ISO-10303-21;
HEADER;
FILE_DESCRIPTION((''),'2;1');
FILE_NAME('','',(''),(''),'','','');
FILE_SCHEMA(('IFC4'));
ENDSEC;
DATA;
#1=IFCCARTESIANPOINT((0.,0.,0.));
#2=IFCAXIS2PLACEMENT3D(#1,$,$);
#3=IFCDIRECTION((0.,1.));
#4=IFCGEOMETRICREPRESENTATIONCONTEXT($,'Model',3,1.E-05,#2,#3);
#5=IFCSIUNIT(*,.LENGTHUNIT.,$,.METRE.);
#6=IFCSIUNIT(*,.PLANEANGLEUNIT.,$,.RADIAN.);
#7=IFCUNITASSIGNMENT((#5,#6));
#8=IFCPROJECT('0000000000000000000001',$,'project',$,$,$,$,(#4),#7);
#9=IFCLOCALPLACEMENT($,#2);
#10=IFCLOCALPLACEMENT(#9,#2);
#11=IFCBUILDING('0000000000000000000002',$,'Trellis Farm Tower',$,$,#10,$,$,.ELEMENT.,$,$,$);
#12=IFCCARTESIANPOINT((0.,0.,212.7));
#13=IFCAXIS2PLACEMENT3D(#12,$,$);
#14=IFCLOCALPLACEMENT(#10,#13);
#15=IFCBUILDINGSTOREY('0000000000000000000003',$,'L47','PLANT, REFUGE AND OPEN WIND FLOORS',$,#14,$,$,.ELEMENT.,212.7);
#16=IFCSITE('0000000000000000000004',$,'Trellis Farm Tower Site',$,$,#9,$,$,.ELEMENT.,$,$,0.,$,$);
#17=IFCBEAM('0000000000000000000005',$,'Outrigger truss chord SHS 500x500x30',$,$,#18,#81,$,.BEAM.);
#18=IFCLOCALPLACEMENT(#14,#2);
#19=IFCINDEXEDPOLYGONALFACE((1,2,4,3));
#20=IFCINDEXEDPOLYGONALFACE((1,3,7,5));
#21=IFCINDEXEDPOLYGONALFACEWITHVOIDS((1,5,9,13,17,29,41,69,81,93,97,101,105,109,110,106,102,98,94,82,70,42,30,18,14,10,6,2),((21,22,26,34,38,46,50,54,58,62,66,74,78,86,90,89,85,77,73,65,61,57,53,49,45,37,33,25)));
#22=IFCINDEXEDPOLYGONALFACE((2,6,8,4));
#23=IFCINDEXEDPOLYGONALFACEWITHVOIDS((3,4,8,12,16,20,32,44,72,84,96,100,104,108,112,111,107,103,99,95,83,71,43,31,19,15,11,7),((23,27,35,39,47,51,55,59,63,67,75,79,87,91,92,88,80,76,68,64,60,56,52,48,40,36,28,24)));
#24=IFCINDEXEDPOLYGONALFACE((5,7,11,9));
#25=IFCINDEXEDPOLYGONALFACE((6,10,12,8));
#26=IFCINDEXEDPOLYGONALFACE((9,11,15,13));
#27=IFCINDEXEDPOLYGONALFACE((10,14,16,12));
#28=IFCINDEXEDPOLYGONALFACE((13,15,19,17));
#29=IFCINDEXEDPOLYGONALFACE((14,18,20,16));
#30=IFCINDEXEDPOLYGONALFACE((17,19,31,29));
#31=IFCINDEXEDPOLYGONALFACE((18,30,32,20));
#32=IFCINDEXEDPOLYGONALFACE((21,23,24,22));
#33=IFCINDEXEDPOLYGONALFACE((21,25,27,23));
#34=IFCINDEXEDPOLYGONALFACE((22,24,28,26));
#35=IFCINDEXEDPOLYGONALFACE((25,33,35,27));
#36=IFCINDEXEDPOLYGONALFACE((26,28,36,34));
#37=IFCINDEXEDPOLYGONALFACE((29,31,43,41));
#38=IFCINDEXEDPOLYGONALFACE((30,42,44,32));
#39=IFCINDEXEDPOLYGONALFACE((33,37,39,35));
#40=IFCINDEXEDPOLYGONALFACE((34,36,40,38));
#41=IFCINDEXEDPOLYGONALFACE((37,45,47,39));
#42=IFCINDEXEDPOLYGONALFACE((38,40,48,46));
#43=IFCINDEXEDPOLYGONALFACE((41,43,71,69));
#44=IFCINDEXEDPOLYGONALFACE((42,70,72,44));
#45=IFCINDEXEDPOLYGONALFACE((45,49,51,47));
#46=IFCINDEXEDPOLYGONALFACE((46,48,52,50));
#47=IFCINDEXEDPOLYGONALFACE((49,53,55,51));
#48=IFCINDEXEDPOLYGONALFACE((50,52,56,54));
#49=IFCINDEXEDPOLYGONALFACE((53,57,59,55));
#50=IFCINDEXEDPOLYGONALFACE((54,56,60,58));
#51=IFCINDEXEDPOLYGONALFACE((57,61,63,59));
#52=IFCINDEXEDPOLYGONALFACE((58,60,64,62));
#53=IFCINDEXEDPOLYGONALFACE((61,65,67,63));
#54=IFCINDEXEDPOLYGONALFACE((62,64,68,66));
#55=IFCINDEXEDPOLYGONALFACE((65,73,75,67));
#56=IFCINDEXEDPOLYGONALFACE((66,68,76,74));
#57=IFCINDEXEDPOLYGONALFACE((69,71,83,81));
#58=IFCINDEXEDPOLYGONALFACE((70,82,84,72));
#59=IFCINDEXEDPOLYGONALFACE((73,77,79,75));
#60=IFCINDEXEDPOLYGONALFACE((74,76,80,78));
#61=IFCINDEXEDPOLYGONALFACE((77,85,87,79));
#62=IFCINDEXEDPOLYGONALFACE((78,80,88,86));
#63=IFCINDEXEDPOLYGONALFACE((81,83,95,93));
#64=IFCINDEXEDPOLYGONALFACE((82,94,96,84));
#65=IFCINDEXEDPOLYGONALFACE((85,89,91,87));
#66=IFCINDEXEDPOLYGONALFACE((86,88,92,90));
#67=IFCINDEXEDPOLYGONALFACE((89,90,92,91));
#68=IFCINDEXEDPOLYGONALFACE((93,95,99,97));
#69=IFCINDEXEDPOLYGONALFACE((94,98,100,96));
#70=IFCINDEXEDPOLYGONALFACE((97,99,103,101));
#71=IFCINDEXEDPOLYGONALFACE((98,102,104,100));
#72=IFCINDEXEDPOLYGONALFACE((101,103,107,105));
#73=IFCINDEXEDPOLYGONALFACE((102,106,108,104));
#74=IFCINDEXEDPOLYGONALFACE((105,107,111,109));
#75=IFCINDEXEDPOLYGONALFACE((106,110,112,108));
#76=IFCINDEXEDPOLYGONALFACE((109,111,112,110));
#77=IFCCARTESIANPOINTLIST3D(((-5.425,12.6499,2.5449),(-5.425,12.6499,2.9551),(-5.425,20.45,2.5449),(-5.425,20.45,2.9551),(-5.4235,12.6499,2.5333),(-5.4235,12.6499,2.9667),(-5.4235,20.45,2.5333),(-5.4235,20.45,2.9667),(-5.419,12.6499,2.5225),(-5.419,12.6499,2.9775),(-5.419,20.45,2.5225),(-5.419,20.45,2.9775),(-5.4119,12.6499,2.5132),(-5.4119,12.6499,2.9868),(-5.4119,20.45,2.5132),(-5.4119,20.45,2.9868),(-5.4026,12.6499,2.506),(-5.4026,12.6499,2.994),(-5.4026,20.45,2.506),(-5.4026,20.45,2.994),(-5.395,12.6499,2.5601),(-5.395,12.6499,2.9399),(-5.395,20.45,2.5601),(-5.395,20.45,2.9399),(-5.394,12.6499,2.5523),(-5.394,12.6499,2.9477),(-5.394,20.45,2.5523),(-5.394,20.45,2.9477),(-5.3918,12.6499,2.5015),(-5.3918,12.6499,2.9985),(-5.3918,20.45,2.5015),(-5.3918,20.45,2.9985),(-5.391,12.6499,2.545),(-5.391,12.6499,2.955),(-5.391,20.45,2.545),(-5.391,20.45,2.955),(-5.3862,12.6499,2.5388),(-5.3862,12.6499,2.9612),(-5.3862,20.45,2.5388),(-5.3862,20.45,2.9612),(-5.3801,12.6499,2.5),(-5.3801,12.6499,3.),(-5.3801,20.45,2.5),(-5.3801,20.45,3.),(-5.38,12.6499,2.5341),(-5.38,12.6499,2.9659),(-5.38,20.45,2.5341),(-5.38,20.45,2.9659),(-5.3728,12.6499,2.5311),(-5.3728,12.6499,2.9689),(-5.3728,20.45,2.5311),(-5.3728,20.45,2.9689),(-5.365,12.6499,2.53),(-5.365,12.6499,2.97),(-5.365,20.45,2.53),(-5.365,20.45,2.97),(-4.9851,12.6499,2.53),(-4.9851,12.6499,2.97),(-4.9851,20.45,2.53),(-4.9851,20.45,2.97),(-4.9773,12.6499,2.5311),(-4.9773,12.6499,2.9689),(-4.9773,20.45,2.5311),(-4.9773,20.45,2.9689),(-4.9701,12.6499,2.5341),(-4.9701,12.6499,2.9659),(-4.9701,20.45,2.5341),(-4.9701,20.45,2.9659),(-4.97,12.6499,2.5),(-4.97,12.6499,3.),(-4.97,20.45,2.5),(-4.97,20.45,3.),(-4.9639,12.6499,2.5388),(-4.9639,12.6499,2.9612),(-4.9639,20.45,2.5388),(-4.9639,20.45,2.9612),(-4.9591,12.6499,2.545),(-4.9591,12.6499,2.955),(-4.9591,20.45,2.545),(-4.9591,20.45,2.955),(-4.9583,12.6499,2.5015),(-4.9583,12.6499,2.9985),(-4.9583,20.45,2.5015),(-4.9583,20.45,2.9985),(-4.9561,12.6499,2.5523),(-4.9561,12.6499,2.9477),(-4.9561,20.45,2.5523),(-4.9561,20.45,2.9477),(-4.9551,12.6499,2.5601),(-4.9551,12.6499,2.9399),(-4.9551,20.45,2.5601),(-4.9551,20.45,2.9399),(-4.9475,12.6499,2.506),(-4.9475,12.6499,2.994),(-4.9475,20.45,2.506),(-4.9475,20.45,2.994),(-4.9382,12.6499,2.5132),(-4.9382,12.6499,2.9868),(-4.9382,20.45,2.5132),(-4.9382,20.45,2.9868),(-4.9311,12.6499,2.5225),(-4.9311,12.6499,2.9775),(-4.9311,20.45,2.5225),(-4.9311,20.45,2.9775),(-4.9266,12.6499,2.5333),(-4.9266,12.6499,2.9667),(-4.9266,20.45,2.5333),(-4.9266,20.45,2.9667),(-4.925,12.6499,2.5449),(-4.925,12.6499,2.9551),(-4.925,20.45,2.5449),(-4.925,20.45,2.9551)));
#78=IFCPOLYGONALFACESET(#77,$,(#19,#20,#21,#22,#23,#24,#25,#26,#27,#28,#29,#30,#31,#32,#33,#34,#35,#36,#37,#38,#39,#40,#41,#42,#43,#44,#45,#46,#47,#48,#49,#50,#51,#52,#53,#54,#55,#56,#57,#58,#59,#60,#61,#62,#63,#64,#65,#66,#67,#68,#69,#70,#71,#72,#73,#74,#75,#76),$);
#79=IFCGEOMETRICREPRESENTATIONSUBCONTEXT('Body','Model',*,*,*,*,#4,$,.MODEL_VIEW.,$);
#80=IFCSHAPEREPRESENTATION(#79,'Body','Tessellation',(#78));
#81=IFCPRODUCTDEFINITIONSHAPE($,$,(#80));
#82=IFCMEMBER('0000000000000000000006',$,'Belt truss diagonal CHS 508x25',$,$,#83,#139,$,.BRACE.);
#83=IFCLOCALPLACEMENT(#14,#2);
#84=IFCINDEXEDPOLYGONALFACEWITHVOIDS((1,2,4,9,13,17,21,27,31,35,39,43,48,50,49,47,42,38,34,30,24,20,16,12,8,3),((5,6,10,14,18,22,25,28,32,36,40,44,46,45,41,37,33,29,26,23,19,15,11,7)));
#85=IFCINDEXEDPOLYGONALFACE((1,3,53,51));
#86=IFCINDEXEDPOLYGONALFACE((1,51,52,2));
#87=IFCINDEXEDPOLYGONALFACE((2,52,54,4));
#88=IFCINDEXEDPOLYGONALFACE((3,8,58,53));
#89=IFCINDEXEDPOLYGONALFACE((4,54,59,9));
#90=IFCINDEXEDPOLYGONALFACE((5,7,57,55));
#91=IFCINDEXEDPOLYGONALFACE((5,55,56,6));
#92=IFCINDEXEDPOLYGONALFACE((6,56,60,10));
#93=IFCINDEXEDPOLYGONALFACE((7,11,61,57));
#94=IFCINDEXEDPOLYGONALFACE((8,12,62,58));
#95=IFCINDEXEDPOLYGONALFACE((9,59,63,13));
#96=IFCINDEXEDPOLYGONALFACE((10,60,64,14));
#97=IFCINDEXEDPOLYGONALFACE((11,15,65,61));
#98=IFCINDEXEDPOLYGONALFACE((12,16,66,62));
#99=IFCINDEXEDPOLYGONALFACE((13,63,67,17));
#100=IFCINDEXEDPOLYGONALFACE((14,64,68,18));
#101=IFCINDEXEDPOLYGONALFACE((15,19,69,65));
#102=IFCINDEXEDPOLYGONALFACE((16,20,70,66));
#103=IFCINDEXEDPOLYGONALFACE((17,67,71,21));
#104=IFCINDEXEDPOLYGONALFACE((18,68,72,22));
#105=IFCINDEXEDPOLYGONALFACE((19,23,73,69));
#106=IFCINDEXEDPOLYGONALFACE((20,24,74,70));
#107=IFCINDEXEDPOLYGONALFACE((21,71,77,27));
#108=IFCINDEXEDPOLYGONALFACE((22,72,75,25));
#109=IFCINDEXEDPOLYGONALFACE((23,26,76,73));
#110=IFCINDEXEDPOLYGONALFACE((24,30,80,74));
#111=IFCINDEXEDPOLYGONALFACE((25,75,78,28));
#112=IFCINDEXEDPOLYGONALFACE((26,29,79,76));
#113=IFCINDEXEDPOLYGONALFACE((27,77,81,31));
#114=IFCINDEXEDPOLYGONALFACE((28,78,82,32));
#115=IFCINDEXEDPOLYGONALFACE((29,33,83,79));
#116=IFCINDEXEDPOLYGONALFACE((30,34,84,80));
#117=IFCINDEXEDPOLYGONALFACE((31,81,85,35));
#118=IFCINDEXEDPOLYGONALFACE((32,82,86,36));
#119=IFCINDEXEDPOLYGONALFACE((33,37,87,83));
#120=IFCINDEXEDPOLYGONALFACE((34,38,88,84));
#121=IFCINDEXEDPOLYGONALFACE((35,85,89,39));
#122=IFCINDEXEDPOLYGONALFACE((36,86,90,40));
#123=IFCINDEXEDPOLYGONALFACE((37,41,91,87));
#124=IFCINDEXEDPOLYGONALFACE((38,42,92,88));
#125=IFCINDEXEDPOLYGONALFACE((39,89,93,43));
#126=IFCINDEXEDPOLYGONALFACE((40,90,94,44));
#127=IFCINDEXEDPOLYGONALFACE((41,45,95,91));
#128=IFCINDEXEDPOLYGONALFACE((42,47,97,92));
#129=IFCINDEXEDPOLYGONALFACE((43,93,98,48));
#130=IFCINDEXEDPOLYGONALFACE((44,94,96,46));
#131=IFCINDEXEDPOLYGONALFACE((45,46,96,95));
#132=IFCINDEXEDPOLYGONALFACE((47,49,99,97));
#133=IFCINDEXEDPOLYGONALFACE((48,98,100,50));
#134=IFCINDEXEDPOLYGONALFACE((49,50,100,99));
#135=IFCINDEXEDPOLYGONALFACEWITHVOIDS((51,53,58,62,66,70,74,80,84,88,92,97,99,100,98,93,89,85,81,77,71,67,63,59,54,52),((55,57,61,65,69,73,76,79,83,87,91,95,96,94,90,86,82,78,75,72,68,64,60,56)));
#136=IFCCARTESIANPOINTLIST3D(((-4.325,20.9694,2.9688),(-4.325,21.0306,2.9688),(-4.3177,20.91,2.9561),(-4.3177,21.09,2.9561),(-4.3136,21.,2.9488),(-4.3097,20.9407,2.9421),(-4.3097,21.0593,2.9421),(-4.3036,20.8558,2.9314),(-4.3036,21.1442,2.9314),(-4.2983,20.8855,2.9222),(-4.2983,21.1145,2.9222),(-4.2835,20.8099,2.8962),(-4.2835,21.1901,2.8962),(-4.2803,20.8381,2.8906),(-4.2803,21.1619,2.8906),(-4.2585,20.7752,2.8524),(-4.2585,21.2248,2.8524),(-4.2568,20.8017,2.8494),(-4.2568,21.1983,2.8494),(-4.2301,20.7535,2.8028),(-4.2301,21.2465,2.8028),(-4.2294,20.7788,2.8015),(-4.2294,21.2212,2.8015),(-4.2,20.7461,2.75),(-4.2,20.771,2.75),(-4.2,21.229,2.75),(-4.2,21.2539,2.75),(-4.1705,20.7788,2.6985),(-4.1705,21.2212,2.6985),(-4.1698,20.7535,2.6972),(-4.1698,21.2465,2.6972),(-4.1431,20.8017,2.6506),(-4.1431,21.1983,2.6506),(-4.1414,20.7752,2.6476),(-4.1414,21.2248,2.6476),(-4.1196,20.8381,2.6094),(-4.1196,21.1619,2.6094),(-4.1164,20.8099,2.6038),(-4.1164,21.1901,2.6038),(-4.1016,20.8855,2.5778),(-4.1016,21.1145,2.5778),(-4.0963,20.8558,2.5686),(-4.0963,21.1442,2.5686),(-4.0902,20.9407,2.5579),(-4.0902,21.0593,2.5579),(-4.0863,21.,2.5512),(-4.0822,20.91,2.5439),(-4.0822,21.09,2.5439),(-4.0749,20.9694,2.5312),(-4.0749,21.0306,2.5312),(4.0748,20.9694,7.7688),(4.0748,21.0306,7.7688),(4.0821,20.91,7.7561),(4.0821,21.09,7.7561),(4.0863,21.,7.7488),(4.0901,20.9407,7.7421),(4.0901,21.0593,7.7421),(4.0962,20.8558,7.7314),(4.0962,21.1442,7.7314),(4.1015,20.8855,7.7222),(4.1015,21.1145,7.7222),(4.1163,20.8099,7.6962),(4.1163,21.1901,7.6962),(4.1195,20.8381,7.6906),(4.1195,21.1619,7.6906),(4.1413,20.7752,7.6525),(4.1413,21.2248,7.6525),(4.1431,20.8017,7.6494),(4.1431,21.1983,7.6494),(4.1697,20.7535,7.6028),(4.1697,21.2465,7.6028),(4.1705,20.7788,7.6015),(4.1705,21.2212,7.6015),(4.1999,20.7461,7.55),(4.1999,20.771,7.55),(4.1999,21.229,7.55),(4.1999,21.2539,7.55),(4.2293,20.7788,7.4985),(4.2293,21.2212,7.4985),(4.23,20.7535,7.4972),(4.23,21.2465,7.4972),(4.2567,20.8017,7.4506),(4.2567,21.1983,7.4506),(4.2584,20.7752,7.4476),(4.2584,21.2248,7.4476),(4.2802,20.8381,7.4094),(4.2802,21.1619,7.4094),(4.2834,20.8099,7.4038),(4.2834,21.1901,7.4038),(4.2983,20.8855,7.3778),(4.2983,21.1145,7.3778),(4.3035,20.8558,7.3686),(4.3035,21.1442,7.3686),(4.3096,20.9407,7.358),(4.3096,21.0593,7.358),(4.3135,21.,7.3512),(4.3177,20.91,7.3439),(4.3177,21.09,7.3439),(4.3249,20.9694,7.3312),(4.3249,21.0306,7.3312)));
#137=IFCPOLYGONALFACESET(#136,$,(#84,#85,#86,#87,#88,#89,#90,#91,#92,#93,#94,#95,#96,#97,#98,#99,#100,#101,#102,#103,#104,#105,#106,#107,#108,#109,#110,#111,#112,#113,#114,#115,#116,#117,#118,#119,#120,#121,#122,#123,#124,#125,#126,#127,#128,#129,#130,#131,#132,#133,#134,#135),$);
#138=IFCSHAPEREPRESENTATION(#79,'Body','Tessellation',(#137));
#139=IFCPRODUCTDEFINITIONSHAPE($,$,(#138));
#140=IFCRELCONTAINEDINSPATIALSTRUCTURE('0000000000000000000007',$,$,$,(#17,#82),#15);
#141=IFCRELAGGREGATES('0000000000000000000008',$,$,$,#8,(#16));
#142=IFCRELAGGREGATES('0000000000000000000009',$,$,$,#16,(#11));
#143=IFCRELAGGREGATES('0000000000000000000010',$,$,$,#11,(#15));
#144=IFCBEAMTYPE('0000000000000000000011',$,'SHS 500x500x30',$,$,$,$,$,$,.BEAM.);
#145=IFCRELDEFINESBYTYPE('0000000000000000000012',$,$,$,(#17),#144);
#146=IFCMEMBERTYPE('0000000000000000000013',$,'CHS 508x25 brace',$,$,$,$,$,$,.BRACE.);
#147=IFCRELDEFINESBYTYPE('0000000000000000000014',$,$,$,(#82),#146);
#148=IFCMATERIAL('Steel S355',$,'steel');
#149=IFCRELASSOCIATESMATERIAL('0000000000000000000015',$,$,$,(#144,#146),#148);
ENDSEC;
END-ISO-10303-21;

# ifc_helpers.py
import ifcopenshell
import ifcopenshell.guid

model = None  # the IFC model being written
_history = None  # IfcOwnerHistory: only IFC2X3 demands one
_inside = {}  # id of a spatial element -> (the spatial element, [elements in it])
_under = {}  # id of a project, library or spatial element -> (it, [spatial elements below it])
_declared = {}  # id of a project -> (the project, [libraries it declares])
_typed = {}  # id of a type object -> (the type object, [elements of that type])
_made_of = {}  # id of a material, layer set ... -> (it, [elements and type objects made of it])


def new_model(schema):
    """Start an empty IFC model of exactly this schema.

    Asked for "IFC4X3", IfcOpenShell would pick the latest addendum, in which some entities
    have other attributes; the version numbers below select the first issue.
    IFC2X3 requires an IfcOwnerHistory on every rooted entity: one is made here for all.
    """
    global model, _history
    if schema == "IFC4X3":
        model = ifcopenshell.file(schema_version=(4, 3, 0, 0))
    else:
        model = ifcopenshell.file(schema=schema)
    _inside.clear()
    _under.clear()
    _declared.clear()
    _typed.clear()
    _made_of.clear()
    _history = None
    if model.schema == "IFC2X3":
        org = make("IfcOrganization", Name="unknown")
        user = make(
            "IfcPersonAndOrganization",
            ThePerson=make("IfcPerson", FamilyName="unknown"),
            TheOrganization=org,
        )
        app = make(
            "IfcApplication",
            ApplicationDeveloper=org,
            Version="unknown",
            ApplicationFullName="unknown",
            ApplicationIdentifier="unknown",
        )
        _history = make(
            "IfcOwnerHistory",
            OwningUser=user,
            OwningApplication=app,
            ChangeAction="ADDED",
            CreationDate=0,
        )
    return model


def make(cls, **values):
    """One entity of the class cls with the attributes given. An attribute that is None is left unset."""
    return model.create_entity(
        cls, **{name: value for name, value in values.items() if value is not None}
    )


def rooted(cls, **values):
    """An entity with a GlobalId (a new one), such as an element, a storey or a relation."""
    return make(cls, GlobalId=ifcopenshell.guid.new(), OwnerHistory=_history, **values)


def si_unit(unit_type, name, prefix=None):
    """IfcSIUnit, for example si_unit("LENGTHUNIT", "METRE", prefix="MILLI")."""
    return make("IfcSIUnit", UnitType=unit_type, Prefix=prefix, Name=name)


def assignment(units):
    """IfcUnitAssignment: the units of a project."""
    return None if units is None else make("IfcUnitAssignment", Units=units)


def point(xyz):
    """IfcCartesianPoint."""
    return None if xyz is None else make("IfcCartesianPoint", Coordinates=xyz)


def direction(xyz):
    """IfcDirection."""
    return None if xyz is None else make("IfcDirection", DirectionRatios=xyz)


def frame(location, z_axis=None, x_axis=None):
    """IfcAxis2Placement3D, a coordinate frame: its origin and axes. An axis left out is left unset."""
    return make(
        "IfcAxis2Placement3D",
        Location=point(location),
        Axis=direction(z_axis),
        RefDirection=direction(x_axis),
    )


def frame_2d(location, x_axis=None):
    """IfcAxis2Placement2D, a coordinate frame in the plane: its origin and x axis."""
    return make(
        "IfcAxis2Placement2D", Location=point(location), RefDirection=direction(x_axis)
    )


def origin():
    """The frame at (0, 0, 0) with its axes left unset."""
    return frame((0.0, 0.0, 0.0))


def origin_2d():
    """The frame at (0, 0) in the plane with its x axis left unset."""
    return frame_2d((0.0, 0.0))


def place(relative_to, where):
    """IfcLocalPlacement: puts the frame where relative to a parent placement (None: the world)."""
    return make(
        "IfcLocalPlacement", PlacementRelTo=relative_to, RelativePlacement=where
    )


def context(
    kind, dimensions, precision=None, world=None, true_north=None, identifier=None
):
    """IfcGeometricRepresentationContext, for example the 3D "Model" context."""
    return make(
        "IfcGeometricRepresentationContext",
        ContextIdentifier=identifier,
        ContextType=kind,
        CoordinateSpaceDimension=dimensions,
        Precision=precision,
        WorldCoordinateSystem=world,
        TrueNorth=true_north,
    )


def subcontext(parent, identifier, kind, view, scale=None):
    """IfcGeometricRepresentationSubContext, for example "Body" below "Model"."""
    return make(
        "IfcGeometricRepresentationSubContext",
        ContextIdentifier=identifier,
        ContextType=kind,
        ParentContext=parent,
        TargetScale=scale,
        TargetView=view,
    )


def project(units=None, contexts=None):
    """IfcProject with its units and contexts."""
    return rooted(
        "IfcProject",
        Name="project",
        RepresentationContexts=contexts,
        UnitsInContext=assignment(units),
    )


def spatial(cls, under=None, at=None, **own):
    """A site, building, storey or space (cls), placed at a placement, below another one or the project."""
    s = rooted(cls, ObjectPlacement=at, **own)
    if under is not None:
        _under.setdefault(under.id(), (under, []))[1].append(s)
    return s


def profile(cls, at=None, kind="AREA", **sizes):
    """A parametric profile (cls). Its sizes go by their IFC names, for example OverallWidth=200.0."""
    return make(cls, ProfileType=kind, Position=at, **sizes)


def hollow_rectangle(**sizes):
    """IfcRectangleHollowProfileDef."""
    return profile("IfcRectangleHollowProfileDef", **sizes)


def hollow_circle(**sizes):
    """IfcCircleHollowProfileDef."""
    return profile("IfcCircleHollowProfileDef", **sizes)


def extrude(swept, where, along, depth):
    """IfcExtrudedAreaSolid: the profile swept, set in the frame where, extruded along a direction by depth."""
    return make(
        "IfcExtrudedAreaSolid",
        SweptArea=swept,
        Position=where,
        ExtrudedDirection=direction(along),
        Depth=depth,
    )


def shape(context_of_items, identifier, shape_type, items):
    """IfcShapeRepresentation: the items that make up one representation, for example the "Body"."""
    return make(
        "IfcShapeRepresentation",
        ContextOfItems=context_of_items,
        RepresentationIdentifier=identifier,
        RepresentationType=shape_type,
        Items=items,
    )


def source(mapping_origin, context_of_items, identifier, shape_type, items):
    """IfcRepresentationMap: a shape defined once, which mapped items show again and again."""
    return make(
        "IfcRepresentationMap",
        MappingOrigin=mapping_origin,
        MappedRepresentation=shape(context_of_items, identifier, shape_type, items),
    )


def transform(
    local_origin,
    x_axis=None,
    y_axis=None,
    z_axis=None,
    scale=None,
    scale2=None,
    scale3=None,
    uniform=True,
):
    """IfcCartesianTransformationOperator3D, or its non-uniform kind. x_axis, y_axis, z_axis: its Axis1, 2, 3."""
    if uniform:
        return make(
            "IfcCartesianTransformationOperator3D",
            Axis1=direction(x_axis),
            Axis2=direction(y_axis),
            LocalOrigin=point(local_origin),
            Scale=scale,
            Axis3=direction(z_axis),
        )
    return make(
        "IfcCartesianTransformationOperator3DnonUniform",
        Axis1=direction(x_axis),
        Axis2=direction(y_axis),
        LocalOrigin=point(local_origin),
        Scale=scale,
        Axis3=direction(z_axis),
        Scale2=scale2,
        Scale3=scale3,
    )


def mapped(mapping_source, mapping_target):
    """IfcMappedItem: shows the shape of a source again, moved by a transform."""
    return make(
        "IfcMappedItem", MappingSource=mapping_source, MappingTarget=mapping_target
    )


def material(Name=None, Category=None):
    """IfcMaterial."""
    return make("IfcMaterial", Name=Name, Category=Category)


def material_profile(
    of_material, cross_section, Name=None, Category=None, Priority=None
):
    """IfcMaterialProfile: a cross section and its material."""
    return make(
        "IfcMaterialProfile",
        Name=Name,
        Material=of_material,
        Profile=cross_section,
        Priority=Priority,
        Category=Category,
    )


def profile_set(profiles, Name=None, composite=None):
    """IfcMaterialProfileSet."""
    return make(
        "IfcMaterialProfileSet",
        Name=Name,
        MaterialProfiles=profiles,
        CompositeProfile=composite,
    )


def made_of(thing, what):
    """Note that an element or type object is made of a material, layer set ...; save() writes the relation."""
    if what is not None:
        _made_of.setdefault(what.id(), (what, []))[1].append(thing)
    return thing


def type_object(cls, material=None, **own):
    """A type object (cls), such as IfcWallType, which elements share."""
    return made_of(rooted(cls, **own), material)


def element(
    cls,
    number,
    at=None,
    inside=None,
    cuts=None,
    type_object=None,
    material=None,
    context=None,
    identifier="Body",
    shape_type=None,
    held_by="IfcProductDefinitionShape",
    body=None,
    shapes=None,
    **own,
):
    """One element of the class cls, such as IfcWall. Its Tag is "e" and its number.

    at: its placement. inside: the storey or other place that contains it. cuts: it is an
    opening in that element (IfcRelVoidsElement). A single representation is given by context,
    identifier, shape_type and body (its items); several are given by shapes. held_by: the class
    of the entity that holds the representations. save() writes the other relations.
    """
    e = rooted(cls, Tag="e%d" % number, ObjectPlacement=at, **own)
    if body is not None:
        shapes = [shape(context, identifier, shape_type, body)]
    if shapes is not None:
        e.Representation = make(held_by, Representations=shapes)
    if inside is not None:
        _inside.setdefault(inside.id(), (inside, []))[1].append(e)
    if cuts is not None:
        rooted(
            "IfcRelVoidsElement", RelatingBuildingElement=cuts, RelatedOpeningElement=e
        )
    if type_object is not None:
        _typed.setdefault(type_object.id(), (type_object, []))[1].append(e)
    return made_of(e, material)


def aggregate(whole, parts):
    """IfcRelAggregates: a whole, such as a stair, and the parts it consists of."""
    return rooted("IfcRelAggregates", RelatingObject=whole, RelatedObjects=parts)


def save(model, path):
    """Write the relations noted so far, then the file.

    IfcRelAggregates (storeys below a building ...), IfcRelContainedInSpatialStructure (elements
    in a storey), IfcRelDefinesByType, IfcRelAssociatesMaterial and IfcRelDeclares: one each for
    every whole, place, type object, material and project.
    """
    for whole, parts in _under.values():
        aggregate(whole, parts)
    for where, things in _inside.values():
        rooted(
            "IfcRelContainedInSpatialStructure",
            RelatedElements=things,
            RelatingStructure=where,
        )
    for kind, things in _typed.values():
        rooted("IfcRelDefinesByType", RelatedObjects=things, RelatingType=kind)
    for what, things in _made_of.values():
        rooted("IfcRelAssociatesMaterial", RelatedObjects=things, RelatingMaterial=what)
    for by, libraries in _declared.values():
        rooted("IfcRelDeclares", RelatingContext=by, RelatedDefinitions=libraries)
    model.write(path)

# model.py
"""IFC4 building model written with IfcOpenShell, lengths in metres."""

from ifc_helpers import new_model, si_unit, direction, frame, origin, origin_2d, place, context, subcontext, project, spatial, hollow_rectangle, hollow_circle, extrude, source, transform, mapped, material, material_profile, profile_set, type_object, element, save


model = new_model("IFC4")

# Units and contexts
model_context = context("Model", 3, precision=1e-05, world=origin(), true_north=direction((0.0, 1.0)))
body_context = subcontext(model_context, "Body", "Model", "MODEL_VIEW")
ifc_project = project(units=[si_unit("LENGTHUNIT", "METRE"), si_unit("PLANEANGLEUNIT", "RADIAN")], contexts=[model_context])

# Site, building, storey
site_placement = place(None, origin())
site = spatial("IfcSite", under=ifc_project, at=site_placement, Name="Trellis Farm Tower Site", CompositionType="ELEMENT", RefElevation=0.0)
building_placement = place(site_placement, origin())
building = spatial("IfcBuilding", under=site, at=building_placement, Name="Trellis Farm Tower", CompositionType="ELEMENT")
storey_placement = place(building_placement, frame((0.0, 0.0, 212.7)))
storey = spatial("IfcBuildingStorey", under=building, at=storey_placement, Name="L47", Description="PLANT, REFUGE AND OPEN WIND FLOORS", CompositionType="ELEMENT", Elevation=212.7)

# Beam
ifc_material_1 = material(Name="Steel S355", Category="steel")
ifc_material_profile_1 = material_profile(ifc_material_1, hollow_rectangle(XDim=0.5, YDim=0.5, WallThickness=0.03, InnerFilletRadius=0.03, OuterFilletRadius=0.0449, at=origin_2d()), Name="SHS 500x500x30")
ifc_profile_set_1 = profile_set([ifc_material_profile_1], Name="Steel S355")
beam_type_1 = type_object("IfcBeamType", Name="SHS 500x500x30", PredefinedType="BEAM", material=ifc_profile_set_1)
shared_shape_1 = source(origin(), body_context, "Body", "SweptSolid", [
    extrude(hollow_rectangle(XDim=0.5, YDim=0.5, WallThickness=0.03, InnerFilletRadius=0.03, OuterFilletRadius=0.0449, at=origin_2d()), origin(), (0.0, 0.0, 1.0), 7.8),
])
beam_1_placement = place(storey_placement, frame((-5.175, 12.6499, 2.75), z_axis=(0.0, 1.0, 0.0), x_axis=(-1.0, 0.0, 0.0)))
element("IfcBeam", 1, at=beam_1_placement, inside=storey, type_object=beam_type_1, Name="Outrigger truss chord SHS 500x500x30", PredefinedType="BEAM", context=body_context, shape_type="MappedRepresentation", body=[
    mapped(shared_shape_1, transform((0.0, 0.0, 0.0))),
])

# Member
ifc_material_profile_2 = material_profile(ifc_material_1, hollow_circle(Radius=0.2539, WallThickness=0.0249, at=origin_2d()), Name="CHS 508x25")
ifc_profile_set_2 = profile_set([ifc_material_profile_2], Name="Steel S355")
member_type_1 = type_object("IfcMemberType", Name="CHS 508x25 brace", PredefinedType="BRACE", material=ifc_profile_set_2)
shared_shape_2 = source(origin(), body_context, "Body", "SweptSolid", [
    extrude(hollow_circle(Radius=0.2539, WallThickness=0.0249, at=origin_2d()), origin(), (0.0, 0.0, 1.0), 9.6746),
])
member_1_placement = place(storey_placement, frame((-4.2, 21.0, 2.75), z_axis=(0.868238, 0.0, 0.496147), x_axis=(0.0, 1.0, 0.0)))
element("IfcMember", 2, at=member_1_placement, inside=storey, type_object=member_type_1, Name="Belt truss diagonal CHS 508x25", PredefinedType="BRACE", context=body_context, shape_type="MappedRepresentation", body=[
    mapped(shared_shape_2, transform((0.0, 0.0, 0.0))),
])

save(model, "model.ifc")
